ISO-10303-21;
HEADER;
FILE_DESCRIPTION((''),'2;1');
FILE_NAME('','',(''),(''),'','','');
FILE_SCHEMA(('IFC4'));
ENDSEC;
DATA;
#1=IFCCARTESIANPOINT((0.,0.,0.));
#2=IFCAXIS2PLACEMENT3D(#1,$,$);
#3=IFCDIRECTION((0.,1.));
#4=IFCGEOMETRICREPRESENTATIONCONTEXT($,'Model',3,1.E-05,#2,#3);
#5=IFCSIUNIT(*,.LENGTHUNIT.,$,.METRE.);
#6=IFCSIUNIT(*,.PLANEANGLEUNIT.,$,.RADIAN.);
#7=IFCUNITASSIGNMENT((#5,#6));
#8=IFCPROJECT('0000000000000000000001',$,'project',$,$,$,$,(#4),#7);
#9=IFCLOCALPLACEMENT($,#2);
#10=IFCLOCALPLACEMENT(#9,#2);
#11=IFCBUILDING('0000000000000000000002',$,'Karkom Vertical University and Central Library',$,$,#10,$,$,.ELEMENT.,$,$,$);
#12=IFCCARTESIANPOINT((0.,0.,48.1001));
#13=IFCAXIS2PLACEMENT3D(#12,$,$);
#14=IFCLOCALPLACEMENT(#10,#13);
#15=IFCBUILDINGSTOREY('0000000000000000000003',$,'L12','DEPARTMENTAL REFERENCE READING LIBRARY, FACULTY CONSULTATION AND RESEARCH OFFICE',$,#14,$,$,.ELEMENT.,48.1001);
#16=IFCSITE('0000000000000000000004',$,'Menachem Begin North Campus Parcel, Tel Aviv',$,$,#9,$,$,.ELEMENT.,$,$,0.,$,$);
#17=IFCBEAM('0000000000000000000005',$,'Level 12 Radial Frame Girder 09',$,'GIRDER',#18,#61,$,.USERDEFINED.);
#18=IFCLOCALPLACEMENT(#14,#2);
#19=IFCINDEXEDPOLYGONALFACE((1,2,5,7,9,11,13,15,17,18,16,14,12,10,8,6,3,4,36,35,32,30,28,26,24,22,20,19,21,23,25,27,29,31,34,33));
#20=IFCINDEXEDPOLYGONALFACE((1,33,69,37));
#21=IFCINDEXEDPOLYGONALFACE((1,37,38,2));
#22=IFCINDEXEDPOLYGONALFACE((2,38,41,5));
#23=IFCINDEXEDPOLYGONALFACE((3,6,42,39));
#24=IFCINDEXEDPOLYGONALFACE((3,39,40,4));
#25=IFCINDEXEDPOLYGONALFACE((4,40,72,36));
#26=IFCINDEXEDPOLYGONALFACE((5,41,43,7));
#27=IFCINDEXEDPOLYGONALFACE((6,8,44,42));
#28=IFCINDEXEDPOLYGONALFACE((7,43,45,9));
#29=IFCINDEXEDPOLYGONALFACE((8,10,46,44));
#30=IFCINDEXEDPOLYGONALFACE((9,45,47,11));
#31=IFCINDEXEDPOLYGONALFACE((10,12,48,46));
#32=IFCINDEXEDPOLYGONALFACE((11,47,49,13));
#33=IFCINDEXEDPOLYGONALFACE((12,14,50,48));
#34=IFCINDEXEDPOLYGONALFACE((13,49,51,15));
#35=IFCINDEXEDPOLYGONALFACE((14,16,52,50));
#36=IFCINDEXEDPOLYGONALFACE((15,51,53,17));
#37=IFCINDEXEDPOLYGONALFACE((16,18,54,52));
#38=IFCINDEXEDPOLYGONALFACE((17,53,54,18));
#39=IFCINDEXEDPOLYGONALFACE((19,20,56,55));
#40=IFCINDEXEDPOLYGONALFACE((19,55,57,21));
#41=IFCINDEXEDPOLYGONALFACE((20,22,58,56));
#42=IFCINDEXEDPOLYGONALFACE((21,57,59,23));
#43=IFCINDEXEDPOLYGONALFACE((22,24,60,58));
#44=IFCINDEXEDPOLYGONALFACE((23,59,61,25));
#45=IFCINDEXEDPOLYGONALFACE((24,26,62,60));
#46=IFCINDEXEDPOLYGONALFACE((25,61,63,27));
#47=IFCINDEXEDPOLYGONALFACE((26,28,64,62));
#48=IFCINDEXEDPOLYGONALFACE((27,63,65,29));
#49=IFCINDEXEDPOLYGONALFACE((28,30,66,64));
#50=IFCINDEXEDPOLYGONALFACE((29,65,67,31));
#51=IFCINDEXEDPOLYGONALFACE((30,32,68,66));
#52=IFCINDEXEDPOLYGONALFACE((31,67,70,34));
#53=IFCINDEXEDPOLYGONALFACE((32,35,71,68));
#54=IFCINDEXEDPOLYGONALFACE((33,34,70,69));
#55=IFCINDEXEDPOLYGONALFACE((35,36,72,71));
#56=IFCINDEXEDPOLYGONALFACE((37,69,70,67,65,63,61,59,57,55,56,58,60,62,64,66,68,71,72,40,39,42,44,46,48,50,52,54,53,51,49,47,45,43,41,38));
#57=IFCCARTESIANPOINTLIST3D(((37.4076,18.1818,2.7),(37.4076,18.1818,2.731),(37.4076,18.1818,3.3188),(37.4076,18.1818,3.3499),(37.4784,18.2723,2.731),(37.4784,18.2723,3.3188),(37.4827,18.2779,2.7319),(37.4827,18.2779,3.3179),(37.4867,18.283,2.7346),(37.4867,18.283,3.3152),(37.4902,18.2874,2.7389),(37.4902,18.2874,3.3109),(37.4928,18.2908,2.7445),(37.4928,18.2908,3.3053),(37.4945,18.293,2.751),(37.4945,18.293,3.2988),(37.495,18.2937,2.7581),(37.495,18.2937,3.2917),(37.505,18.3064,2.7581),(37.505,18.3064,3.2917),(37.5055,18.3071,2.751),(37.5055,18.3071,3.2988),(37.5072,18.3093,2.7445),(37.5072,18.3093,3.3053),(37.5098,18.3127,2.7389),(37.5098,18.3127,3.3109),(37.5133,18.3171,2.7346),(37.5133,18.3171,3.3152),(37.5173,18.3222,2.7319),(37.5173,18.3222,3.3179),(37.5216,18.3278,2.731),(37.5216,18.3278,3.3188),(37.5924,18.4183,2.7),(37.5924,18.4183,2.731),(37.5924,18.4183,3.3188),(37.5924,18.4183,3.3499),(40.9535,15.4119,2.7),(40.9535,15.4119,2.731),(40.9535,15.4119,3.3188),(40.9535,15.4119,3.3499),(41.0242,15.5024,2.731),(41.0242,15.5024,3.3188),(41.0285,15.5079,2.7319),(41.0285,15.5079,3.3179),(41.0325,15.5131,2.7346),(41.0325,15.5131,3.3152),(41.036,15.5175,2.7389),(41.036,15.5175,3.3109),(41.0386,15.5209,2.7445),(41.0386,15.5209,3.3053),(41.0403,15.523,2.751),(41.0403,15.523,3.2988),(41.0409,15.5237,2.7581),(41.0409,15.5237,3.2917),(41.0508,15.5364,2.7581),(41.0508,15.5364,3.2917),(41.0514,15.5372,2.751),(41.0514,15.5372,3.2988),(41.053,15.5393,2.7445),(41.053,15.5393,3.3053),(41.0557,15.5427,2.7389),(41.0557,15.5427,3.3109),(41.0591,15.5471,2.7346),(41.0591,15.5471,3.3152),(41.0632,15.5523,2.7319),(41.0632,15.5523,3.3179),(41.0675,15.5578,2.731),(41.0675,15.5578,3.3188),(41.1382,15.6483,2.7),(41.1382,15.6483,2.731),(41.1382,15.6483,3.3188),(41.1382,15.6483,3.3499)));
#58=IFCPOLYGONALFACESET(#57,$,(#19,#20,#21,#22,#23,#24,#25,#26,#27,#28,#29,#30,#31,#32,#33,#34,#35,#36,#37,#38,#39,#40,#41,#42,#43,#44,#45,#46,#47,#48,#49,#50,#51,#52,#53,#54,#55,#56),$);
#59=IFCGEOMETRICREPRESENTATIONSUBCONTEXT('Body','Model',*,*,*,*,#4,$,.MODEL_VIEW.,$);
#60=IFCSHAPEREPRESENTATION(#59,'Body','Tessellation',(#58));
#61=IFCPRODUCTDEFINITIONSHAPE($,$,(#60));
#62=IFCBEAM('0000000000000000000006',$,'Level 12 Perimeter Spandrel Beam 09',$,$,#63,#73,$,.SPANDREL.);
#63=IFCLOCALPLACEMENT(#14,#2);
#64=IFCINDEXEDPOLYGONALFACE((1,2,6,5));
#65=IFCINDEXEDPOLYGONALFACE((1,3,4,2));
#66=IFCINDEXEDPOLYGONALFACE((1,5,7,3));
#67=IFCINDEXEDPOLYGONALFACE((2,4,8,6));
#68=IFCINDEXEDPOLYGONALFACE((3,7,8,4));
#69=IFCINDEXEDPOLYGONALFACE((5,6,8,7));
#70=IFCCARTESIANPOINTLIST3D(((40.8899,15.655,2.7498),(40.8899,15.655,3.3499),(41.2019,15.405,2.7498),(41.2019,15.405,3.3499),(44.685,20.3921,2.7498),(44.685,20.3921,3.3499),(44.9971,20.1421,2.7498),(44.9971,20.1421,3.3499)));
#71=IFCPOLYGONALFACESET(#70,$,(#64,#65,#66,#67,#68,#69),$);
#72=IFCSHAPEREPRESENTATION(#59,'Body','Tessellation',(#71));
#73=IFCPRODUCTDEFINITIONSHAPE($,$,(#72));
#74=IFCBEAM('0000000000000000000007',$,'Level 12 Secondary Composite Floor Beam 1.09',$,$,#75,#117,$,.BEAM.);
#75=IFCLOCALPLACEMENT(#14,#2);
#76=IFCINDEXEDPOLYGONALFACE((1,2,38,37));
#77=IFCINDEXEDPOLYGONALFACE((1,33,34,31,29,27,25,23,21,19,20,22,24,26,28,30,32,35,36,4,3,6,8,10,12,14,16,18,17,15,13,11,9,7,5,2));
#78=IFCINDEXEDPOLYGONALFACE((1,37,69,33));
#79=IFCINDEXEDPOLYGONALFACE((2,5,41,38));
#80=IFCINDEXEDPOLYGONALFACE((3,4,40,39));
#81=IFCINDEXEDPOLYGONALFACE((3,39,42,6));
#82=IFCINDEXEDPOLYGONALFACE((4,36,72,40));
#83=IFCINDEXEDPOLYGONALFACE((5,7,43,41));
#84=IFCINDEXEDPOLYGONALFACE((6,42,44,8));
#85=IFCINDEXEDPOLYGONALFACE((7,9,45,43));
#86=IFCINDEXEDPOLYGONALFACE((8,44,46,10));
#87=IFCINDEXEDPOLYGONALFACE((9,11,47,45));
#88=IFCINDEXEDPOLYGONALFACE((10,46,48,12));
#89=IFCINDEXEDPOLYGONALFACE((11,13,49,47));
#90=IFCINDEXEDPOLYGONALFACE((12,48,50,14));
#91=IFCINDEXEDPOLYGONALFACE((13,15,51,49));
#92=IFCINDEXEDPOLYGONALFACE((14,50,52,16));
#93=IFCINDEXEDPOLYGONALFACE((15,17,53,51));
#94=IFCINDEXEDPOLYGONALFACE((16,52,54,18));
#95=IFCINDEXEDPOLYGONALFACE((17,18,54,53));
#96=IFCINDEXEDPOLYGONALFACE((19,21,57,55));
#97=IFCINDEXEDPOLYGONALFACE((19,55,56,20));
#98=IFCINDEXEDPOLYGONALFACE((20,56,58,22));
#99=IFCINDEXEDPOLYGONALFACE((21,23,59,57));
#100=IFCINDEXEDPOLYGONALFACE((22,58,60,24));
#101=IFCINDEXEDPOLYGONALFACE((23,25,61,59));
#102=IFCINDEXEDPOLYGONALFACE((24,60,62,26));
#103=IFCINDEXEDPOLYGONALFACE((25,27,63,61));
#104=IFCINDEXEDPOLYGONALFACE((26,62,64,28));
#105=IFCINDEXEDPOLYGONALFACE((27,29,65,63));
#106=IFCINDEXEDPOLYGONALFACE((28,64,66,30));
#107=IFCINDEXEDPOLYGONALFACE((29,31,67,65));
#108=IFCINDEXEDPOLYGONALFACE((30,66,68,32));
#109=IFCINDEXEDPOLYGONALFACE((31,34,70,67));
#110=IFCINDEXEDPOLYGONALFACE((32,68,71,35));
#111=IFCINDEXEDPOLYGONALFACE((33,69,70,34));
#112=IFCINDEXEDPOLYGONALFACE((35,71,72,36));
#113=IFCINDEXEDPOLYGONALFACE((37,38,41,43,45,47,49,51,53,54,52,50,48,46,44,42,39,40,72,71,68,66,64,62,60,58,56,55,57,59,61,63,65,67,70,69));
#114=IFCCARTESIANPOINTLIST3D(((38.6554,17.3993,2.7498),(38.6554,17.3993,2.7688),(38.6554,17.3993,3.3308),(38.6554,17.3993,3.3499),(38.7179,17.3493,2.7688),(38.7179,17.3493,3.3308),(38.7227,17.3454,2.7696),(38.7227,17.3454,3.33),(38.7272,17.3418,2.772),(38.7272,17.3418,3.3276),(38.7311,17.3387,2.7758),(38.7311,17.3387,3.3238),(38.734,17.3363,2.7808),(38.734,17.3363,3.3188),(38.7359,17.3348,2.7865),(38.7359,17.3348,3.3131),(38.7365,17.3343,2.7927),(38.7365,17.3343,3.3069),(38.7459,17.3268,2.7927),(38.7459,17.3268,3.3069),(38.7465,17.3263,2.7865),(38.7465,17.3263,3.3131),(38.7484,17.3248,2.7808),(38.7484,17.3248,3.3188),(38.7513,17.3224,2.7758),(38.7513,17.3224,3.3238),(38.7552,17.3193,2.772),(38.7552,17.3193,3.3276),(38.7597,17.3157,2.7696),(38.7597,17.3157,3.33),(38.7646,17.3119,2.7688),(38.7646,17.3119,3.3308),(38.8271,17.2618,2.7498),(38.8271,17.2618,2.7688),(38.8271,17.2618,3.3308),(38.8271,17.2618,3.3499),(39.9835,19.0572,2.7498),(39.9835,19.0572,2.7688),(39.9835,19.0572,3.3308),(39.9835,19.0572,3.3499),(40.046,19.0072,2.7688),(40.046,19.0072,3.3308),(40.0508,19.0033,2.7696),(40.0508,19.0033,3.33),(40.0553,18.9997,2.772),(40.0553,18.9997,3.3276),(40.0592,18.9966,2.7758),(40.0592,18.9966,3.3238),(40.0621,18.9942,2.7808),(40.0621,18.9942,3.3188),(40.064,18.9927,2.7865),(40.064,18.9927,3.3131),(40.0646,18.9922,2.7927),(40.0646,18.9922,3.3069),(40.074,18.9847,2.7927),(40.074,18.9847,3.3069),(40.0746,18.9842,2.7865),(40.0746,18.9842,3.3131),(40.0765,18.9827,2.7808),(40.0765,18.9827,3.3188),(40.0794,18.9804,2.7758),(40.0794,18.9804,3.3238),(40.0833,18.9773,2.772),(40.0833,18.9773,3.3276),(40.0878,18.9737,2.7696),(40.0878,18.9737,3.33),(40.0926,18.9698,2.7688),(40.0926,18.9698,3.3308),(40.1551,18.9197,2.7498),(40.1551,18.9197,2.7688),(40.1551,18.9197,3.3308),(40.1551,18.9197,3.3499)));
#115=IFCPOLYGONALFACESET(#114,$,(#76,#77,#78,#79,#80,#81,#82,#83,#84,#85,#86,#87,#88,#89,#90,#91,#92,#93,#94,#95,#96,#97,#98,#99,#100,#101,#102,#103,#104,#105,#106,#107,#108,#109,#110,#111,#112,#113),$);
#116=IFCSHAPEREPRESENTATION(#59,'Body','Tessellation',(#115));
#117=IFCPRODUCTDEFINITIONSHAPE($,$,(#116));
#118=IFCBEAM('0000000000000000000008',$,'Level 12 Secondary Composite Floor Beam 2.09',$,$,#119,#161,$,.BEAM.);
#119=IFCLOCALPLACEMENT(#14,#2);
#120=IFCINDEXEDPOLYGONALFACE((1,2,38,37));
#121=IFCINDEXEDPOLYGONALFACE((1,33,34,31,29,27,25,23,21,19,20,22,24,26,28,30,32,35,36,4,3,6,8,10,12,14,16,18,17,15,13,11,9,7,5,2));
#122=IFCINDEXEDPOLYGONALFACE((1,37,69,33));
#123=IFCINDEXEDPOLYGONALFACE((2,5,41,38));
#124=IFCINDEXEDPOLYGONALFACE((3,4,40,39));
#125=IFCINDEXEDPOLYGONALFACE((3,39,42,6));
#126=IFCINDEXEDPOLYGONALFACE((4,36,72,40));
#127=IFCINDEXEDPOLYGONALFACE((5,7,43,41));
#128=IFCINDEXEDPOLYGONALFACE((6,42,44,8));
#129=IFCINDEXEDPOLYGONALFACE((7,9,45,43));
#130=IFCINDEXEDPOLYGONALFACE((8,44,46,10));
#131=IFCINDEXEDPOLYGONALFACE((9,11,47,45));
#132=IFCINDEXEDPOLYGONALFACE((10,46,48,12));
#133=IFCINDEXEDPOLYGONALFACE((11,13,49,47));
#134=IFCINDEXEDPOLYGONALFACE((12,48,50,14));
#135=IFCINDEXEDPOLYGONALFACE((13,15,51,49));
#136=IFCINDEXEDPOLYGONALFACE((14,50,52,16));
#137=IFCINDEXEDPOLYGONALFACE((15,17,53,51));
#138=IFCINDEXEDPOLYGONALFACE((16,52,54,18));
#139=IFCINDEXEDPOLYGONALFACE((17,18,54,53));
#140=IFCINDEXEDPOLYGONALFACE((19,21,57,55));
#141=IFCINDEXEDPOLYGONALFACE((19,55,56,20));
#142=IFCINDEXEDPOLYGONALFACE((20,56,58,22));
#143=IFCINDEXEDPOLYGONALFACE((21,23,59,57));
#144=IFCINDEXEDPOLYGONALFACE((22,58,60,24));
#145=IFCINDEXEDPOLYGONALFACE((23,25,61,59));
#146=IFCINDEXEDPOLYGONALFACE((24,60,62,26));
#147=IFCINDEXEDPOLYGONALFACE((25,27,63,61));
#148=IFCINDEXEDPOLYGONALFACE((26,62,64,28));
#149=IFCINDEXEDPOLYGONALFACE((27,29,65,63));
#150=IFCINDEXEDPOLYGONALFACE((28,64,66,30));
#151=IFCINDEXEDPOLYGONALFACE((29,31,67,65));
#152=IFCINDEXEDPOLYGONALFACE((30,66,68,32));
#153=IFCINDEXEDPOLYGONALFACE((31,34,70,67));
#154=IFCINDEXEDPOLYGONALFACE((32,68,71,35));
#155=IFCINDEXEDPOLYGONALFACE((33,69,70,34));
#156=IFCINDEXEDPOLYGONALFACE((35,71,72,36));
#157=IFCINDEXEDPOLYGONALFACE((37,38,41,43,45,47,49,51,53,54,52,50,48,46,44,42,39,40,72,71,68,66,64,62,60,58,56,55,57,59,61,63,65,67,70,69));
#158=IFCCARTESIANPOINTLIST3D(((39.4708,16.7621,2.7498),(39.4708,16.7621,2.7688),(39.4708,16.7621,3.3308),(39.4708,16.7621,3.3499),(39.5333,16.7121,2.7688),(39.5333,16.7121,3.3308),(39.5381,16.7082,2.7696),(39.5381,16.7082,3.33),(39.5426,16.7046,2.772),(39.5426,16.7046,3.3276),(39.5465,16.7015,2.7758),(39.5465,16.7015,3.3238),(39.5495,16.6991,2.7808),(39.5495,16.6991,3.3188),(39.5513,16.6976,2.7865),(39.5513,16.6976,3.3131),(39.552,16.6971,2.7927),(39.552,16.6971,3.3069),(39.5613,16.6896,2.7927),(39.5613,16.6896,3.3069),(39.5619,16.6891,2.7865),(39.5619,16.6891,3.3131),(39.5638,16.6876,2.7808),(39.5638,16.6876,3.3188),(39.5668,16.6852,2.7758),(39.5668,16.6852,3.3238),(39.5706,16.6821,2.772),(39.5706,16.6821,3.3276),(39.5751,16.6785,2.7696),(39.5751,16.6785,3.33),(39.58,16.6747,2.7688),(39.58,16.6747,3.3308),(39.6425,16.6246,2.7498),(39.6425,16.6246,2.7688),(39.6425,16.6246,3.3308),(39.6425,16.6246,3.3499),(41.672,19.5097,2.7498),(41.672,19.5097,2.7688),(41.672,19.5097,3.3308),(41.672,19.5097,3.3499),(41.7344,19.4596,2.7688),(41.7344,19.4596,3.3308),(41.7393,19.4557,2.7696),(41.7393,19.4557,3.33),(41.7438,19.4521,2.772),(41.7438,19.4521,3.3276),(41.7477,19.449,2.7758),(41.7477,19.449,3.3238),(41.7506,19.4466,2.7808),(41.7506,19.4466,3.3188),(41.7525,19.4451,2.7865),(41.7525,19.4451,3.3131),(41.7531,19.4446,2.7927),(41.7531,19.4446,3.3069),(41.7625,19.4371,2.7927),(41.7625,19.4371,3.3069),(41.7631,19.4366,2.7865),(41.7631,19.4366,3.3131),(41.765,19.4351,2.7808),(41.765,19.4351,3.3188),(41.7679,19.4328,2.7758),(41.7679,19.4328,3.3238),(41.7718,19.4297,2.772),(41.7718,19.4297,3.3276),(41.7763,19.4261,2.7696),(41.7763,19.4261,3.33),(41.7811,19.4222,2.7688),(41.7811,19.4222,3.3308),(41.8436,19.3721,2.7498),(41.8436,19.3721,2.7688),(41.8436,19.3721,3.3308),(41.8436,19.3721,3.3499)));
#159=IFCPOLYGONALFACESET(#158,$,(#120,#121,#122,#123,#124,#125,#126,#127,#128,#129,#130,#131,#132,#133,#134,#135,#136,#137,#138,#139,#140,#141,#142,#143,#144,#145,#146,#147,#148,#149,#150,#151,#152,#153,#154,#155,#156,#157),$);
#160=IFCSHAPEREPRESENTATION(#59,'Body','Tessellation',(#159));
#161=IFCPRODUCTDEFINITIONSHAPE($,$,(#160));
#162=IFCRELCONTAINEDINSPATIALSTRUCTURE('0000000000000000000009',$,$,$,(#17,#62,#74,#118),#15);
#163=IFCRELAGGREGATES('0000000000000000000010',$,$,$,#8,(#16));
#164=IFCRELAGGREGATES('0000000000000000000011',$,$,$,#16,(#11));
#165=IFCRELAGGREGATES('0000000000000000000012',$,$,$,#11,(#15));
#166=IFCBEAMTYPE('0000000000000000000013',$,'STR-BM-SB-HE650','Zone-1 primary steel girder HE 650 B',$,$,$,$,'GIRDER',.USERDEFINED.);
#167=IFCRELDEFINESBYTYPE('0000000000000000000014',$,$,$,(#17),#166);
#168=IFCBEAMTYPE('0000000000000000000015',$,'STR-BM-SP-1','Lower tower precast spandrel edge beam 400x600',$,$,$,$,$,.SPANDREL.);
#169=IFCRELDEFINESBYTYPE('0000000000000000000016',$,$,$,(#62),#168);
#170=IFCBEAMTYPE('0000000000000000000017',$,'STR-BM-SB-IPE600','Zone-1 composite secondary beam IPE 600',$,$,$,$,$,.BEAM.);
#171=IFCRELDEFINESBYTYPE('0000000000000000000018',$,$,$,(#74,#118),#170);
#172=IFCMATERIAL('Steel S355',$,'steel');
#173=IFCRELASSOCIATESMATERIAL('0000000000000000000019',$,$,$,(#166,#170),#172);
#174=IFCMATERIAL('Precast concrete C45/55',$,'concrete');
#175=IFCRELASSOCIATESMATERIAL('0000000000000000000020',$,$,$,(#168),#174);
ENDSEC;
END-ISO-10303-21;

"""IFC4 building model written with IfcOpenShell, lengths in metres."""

from ifc_helpers import new_model, si_unit, direction, frame, origin, origin_with_axes, origin_2d, place, context, subcontext, project, spatial, rectangle, i_section, extrude, source, transform, mapped, material, material_profile, profile_set, type_object, element, save


model = new_model("IFC4")

# Units and contexts
model_context = context("Model", 3, precision=1e-05, world=origin(), true_north=direction((0.0, 1.0)))
body_context = subcontext(model_context, "Body", "Model", "MODEL_VIEW")
ifc_project = project(units=[si_unit("LENGTHUNIT", "METRE"), si_unit("PLANEANGLEUNIT", "RADIAN")], contexts=[model_context])

# Site, building, storey
site_placement = place(None, origin())
site = spatial("IfcSite", under=ifc_project, at=site_placement, Name="Menachem Begin North Campus Parcel, Tel Aviv", CompositionType="ELEMENT", RefElevation=0.0)
building_placement = place(site_placement, origin())
building = spatial("IfcBuilding", under=site, at=building_placement, Name="Karkom Vertical University and Central Library", CompositionType="ELEMENT")
storey_placement = place(building_placement, frame((0.0, 0.0, 48.1001)))
storey = spatial("IfcBuildingStorey", under=building, at=storey_placement, Name="L12", Description="DEPARTMENTAL REFERENCE READING LIBRARY, FACULTY CONSULTATION AND RESEARCH OFFICE", CompositionType="ELEMENT", Elevation=48.1001)

# Beams
ifc_material_1 = material(Name="Steel S355", Category="steel")
ifc_material_profile_1 = material_profile(ifc_material_1, i_section(OverallWidth=0.3, OverallDepth=0.6499, WebThickness=0.0161, FlangeThickness=0.031, FilletRadius=0.0271, at=origin_2d()), Name="HE 650 B")
ifc_profile_set_1 = profile_set([ifc_material_profile_1], Name="Steel S355")
beam_type_1 = type_object("IfcBeamType", Name="STR-BM-SB-HE650", Description="Zone-1 primary steel girder HE 650 B", ElementType="GIRDER", PredefinedType="USERDEFINED", material=ifc_profile_set_1)
shared_shape_1 = source(origin_with_axes(), body_context, "Body", "SweptSolid", [
    extrude(i_section(OverallWidth=0.3, OverallDepth=0.6499, WebThickness=0.0161, FlangeThickness=0.031, FilletRadius=0.0271, at=origin_2d()), origin(), (0.0, 0.0, 1.0), 4.4995),
])
beam_1_placement = place(storey_placement, frame((37.5, 18.3, 3.0249), z_axis=(0.788047, -0.615615, 0.0), x_axis=(0.615615, 0.788047, 0.0)))
element("IfcBeam", 1, at=beam_1_placement, inside=storey, type_object=beam_type_1, Name="Level 12 Radial Frame Girder 09", ObjectType="GIRDER", PredefinedType="USERDEFINED", context=body_context, shape_type="MappedRepresentation", body=[
    mapped(shared_shape_1, transform((0.0, 0.0, 0.0), scale=1.0)),
])
ifc_material_2 = material(Name="Precast concrete C45/55", Category="concrete")
ifc_material_profile_2 = material_profile(ifc_material_2, rectangle(XDim=0.3999, YDim=0.6001, at=origin_2d()), Name="SPB-400x600")
ifc_profile_set_2 = profile_set([ifc_material_profile_2], Name="Precast concrete C45/55")
beam_type_2 = type_object("IfcBeamType", Name="STR-BM-SP-1", Description="Lower tower precast spandrel edge beam 400x600", PredefinedType="SPANDREL", material=ifc_profile_set_2)
shared_shape_2 = source(origin_with_axes(), body_context, "Body", "SweptSolid", [
    extrude(rectangle(XDim=0.3999, YDim=0.6001, at=origin_2d()), origin(), (0.0, 0.0, 1.0), 6.0698),
])
beam_2_placement = place(storey_placement, frame((41.0459, 15.53, 3.0498), z_axis=(0.625249, 0.780425, 0.0), x_axis=(-0.780425, 0.625249, 0.0)))
element("IfcBeam", 2, at=beam_2_placement, inside=storey, type_object=beam_type_2, Name="Level 12 Perimeter Spandrel Beam 09", PredefinedType="SPANDREL", context=body_context, shape_type="MappedRepresentation", body=[
    mapped(shared_shape_2, transform((0.0, 0.0, 0.0), scale=1.0)),
])
ifc_material_profile_3 = material_profile(ifc_material_1, i_section(OverallWidth=0.22, OverallDepth=0.6001, WebThickness=0.012, FlangeThickness=0.019, FilletRadius=0.0239, at=origin_2d()), Name="IPE 600")
ifc_profile_set_3 = profile_set([ifc_material_profile_3], Name="Steel S355")
beam_type_3 = type_object("IfcBeamType", Name="STR-BM-SB-IPE600", Description="Zone-1 composite secondary beam IPE 600", PredefinedType="BEAM", material=ifc_profile_set_3)
shared_shape_3 = source(origin_with_axes(), body_context, "Body", "SweptSolid", [
    extrude(i_section(OverallWidth=0.22, OverallDepth=0.6001, WebThickness=0.012, FlangeThickness=0.019, FilletRadius=0.0239, at=origin_2d()), origin(), (0.0, 0.0, 1.0), 2.1243),
])
beam_3_placement = place(storey_placement, frame((38.7412, 17.3306, 3.0498), z_axis=(0.625199, 0.780465, 0.0), x_axis=(-0.780465, 0.625199, 0.0)))
element("IfcBeam", 3, at=beam_3_placement, inside=storey, type_object=beam_type_3, Name="Level 12 Secondary Composite Floor Beam 1.09", PredefinedType="BEAM", context=body_context, shape_type="MappedRepresentation", body=[
    mapped(shared_shape_3, transform((0.0, 0.0, 0.0), scale=1.0)),
])
shared_shape_4 = source(origin_with_axes(), body_context, "Body", "SweptSolid", [
    extrude(i_section(OverallWidth=0.22, OverallDepth=0.6001, WebThickness=0.012, FlangeThickness=0.019, FilletRadius=0.0239, at=origin_2d()), origin(), (0.0, 0.0, 1.0), 3.5205),
])
beam_4_placement = place(storey_placement, frame((39.5566, 16.6934, 3.0498), z_axis=(0.625236, 0.780436, 0.0), x_axis=(-0.780436, 0.625236, 0.0)))
element("IfcBeam", 4, at=beam_4_placement, inside=storey, type_object=beam_type_3, Name="Level 12 Secondary Composite Floor Beam 2.09", PredefinedType="BEAM", context=body_context, shape_type="MappedRepresentation", body=[
    mapped(shared_shape_4, transform((0.0, 0.0, 0.0), scale=1.0)),
])

save(model, "model.ifc")
